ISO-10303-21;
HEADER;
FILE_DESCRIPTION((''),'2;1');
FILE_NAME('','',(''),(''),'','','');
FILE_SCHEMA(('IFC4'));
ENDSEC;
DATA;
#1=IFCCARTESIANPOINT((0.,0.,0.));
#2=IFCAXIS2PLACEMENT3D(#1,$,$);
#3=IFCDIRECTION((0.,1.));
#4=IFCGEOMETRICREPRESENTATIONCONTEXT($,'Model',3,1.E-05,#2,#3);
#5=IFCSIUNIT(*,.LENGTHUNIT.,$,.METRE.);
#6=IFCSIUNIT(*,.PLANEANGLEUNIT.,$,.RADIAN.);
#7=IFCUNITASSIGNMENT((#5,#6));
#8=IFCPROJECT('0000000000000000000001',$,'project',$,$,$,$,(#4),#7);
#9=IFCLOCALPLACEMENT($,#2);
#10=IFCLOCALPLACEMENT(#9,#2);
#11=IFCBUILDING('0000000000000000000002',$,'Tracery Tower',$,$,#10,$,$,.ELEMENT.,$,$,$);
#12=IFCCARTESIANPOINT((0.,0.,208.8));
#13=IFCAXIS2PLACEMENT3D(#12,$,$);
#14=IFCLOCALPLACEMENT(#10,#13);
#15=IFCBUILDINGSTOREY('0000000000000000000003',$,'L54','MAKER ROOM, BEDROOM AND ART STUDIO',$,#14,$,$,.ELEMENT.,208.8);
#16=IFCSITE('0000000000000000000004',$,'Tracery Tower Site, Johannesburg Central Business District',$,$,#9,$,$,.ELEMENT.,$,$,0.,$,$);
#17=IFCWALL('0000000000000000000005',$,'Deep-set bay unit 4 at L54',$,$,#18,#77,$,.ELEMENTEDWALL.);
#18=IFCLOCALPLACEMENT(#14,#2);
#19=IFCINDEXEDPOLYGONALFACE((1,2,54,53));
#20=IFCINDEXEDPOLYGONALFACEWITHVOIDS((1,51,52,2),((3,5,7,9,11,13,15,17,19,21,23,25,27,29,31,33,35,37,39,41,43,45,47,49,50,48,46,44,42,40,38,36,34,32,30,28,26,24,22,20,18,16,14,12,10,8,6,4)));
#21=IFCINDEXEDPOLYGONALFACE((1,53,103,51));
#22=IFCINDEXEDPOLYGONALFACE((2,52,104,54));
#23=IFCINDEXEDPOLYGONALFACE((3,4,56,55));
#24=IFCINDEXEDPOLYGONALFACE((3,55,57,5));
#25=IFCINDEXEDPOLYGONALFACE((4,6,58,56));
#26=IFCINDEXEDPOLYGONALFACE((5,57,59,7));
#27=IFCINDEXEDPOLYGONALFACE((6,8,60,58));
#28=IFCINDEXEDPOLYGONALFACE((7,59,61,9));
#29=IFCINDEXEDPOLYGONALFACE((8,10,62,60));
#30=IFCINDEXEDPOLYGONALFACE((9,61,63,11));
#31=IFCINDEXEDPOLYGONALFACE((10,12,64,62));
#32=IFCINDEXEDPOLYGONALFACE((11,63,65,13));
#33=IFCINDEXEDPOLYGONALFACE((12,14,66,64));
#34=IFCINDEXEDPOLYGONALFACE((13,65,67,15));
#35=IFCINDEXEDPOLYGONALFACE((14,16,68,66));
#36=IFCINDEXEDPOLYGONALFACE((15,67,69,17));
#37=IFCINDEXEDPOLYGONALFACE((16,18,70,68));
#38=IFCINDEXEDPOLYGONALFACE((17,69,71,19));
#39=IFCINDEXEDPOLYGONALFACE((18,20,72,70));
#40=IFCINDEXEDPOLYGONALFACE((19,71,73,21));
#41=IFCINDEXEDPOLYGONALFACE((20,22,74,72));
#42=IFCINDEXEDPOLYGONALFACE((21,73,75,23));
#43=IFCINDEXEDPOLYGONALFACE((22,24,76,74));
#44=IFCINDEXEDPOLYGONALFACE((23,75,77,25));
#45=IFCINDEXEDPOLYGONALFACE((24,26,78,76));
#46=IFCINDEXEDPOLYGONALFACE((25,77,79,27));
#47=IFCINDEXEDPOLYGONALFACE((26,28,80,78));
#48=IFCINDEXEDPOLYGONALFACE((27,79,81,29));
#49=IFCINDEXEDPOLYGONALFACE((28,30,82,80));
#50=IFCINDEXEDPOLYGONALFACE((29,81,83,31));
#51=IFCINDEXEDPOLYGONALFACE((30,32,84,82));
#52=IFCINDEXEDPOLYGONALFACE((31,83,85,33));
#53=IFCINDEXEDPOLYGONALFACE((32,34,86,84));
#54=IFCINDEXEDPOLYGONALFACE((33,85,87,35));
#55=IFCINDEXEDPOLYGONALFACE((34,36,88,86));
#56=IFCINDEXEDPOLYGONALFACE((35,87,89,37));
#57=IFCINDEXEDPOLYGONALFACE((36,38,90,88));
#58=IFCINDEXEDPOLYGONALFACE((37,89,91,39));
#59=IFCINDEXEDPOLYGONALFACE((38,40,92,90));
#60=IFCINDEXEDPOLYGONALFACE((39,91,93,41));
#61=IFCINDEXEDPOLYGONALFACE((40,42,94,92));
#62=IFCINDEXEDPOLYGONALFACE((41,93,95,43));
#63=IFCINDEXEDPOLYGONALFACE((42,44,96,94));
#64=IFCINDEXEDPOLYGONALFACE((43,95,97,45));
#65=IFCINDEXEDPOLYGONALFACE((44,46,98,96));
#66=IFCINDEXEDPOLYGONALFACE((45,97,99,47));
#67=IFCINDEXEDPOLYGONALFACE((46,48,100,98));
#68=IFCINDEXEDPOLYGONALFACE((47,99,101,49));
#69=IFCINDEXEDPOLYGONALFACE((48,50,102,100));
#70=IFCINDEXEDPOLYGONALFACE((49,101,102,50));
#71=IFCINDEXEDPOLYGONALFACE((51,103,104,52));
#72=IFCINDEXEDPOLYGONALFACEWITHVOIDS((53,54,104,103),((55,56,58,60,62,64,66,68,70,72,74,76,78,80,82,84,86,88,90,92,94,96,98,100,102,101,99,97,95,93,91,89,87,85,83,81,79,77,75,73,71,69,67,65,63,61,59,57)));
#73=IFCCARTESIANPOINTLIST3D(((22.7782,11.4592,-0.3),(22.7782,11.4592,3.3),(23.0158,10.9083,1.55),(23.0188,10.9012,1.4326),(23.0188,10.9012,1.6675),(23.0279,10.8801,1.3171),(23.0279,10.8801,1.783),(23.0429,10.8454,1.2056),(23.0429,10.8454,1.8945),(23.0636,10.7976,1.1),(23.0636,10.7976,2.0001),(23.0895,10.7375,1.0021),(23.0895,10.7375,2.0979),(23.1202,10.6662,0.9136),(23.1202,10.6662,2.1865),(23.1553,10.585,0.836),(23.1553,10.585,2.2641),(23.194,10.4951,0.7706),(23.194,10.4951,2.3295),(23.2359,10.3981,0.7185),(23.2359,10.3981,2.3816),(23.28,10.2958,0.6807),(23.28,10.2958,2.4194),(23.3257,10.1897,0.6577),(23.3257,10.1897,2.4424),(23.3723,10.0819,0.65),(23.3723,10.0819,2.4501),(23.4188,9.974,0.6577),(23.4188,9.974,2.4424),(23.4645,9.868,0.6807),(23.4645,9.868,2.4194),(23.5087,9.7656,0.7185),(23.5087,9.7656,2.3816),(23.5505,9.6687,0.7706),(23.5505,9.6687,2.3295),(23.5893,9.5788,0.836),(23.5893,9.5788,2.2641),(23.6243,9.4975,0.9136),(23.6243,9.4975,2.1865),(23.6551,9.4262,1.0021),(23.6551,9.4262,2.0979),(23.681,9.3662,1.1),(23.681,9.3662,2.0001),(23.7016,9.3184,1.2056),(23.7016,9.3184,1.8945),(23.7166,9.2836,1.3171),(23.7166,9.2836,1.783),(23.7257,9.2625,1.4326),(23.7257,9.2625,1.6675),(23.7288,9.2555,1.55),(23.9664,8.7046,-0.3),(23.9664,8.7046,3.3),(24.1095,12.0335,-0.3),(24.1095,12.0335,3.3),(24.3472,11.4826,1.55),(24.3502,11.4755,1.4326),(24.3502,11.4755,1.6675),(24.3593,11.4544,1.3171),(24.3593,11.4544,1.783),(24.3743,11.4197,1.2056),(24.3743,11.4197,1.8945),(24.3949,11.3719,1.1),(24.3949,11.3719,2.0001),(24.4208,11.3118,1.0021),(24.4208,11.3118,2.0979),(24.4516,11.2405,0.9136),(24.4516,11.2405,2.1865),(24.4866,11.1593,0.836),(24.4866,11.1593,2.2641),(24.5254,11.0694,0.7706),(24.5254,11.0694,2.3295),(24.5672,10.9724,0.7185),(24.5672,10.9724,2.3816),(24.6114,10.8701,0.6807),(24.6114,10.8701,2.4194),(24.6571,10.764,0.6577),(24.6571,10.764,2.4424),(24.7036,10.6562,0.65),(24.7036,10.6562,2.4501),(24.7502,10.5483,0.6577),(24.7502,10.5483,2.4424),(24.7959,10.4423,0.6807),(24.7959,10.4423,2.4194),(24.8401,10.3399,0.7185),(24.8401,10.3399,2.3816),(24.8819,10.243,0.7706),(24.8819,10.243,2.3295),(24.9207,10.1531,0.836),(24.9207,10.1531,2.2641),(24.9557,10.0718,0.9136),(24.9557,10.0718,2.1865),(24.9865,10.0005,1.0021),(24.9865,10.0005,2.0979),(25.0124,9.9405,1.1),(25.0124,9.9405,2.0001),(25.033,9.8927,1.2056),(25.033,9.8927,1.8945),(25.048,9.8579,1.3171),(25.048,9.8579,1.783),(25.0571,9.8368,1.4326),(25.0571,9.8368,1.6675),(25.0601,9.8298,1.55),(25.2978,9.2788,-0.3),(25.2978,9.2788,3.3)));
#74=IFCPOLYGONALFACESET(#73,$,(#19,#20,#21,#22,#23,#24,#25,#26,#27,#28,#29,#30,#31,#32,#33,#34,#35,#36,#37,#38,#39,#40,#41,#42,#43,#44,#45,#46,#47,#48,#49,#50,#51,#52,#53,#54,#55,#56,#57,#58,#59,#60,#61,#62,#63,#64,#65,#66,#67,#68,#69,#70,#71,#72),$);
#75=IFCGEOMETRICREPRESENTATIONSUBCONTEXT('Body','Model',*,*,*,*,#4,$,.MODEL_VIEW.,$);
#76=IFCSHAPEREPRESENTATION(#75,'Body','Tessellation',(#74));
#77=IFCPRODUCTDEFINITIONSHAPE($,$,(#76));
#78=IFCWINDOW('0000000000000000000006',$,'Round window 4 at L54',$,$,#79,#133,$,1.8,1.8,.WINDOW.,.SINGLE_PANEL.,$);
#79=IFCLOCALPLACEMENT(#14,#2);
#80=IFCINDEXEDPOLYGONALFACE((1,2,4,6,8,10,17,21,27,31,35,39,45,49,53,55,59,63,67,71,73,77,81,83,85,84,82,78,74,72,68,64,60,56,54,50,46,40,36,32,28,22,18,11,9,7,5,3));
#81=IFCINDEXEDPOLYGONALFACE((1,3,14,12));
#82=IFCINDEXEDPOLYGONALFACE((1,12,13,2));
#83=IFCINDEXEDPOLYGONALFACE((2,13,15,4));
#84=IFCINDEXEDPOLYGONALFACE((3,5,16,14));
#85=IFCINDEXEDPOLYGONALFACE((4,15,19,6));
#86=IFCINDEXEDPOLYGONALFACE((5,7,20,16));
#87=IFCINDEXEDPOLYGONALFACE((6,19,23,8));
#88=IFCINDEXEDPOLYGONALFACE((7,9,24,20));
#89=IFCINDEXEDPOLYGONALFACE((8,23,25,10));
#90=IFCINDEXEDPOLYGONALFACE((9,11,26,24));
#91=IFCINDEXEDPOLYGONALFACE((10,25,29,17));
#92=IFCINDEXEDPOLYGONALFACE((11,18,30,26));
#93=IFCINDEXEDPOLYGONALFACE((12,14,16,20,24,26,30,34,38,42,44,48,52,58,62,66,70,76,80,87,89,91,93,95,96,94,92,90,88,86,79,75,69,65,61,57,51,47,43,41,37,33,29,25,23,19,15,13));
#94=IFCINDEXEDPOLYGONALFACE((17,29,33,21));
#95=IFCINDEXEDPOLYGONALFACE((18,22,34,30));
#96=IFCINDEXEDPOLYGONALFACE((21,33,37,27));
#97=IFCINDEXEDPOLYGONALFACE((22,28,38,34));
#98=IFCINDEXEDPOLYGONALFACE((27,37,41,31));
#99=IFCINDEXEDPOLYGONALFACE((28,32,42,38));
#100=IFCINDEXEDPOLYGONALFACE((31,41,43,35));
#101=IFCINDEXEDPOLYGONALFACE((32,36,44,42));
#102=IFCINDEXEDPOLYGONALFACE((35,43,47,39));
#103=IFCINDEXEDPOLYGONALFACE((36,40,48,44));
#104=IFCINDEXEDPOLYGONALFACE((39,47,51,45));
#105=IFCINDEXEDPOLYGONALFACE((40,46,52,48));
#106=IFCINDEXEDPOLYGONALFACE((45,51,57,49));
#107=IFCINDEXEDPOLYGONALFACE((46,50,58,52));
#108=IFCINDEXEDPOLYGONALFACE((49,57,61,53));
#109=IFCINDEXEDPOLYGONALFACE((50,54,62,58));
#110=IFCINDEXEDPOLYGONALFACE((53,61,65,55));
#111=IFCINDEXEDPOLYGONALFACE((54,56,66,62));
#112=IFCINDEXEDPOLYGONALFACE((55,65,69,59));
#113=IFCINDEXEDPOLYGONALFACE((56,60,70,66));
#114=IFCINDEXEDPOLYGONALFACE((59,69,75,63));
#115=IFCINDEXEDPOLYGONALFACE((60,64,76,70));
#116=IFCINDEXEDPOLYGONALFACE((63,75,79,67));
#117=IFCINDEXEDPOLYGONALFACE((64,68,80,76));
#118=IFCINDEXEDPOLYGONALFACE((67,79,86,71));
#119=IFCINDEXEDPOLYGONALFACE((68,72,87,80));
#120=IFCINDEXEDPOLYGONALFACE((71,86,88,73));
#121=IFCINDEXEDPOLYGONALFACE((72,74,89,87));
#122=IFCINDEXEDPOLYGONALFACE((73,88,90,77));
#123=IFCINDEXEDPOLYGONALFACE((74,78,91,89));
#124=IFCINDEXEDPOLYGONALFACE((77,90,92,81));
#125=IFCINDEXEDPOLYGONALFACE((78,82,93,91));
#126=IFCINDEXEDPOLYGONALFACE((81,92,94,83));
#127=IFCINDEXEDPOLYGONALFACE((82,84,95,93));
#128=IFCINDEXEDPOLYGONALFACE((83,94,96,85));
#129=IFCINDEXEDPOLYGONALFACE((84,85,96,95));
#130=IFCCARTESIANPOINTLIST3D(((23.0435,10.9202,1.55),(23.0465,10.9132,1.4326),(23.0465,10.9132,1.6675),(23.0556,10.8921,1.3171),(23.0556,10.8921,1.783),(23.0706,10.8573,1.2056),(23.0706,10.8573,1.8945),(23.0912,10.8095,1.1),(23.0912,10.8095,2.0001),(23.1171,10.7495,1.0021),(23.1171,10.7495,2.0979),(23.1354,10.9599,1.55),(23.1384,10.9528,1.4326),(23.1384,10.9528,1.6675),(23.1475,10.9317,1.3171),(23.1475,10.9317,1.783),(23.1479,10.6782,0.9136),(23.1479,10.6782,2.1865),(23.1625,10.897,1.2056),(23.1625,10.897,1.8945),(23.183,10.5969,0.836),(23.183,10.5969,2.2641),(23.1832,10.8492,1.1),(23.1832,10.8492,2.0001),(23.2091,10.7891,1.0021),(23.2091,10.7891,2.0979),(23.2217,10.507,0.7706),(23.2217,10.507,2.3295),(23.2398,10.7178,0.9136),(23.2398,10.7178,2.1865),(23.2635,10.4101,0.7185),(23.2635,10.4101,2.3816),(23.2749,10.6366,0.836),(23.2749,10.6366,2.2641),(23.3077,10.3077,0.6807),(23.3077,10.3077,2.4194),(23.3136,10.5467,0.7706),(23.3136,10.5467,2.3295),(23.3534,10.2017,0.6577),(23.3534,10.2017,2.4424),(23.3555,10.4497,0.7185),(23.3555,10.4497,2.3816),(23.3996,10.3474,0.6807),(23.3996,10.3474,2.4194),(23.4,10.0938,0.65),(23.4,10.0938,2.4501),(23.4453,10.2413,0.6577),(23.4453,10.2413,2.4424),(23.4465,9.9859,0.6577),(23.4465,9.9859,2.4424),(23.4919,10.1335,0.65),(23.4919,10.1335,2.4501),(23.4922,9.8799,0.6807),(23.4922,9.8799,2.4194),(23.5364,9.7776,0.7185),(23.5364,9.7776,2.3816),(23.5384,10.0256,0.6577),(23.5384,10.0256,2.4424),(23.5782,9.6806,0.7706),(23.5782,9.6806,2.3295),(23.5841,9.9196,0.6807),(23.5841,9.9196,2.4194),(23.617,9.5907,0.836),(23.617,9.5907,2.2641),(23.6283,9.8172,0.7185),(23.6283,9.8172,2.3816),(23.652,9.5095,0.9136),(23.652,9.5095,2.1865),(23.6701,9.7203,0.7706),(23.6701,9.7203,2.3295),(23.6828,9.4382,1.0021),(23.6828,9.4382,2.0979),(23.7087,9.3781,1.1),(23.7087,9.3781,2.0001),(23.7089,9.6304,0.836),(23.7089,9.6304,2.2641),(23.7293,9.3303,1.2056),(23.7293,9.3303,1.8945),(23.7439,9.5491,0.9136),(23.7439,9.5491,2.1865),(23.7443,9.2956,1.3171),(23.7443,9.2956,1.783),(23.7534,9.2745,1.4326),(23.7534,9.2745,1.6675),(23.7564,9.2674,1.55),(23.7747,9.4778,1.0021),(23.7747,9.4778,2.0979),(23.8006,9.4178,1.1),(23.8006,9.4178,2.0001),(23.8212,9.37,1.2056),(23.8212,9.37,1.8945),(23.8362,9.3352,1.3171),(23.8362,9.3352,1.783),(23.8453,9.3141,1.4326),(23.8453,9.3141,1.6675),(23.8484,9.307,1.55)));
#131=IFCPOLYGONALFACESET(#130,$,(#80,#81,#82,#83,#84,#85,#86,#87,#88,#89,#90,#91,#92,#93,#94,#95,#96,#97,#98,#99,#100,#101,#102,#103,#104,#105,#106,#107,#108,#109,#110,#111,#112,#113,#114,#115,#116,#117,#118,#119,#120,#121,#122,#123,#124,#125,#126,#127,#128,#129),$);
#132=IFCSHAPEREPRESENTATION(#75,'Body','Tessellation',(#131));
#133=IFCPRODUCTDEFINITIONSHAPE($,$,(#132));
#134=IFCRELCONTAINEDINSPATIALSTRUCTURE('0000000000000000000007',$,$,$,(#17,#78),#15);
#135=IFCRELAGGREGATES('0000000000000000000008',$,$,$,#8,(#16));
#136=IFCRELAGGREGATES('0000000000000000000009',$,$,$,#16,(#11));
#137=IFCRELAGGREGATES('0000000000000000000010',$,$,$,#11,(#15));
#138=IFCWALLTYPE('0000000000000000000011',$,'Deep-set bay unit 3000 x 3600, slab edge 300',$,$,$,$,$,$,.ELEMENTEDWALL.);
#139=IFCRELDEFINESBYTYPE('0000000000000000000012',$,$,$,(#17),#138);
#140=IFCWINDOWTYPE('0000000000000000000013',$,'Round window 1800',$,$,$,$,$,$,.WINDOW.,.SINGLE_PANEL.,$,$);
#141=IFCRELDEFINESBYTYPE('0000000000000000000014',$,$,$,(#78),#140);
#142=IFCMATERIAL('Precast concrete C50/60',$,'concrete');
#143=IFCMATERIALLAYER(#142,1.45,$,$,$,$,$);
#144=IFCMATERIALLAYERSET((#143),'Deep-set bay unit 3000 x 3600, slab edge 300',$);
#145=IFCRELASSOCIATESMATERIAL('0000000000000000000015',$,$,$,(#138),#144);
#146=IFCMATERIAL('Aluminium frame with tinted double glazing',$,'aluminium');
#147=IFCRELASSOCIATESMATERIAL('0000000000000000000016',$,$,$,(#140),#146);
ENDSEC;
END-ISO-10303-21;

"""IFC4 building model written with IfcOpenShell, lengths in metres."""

from ifc_helpers import new_model, si_unit, direction, frame, frame_2d, origin, origin_2d, place, context, subcontext, project, spatial, rectangle, circle, extrude, material, layer, layer_set, type_object, element, fill, save


model = new_model("IFC4")

# Units and contexts
model_context = context("Model", 3, precision=1e-05, world=origin(), true_north=direction((0.0, 1.0)))
body_context = subcontext(model_context, "Body", "Model", "MODEL_VIEW")
ifc_project = project(units=[si_unit("LENGTHUNIT", "METRE"), si_unit("PLANEANGLEUNIT", "RADIAN")], contexts=[model_context])

# Site, building, storey
site_placement = place(None, origin())
site = spatial("IfcSite", under=ifc_project, at=site_placement, Name="Tracery Tower Site, Johannesburg Central Business District", CompositionType="ELEMENT", RefElevation=0.0)
building_placement = place(site_placement, origin())
building = spatial("IfcBuilding", under=site, at=building_placement, Name="Tracery Tower", CompositionType="ELEMENT")
storey_placement = place(building_placement, frame((0.0, 0.0, 208.8)))
storey = spatial("IfcBuildingStorey", under=building, at=storey_placement, Name="L54", Description="MAKER ROOM, BEDROOM AND ART STUDIO", CompositionType="ELEMENT", Elevation=208.8)

# Wall, opening, window
ifc_material_1 = material(Name="Precast concrete C50/60", Category="concrete")
ifc_layer_1 = layer(ifc_material_1, 1.45)
ifc_layer_set_1 = layer_set([ifc_layer_1], Name="Deep-set bay unit 3000 x 3600, slab edge 300")
wall_type_1 = type_object("IfcWallType", Name="Deep-set bay unit 3000 x 3600, slab edge 300", PredefinedType="ELEMENTEDWALL", material=ifc_layer_set_1)
ifc_material_2 = material(Name="Aluminium frame with tinted double glazing", Category="aluminium")
window_type = type_object("IfcWindowType", Name="Round window 1800", PartitioningType="SINGLE_PANEL", PredefinedType="WINDOW", material=ifc_material_2)
wall_1_placement = place(storey_placement, frame((24.6321, 8.9917, -0.3), z_axis=(0.0, 0.0, 1.0), x_axis=(-0.396079, 0.918216, 0.0)))
wall_1 = element("IfcWall", 1, at=wall_1_placement, inside=storey, type_object=wall_type_1, Name="Deep-set bay unit 4 at L54", PredefinedType="ELEMENTEDWALL", context=body_context, shape_type="SweptSolid", body=[
    extrude(rectangle(XDim=3.0, YDim=1.45, at=frame_2d((1.5, 0.0))), origin(), (0.0, 0.0, 1.0), 3.6001),
])
opening_1_placement = place(wall_1_placement, frame((1.5, 0.0, 1.8501)))
opening_1 = element("IfcOpeningElement", 2, at=opening_1_placement, cuts=wall_1, PredefinedType="OPENING", context=body_context, shape_type="SweptSolid", body=[
    extrude(circle(Radius=0.9, at=origin_2d()), frame((0.0, 0.7349, 0.0), z_axis=(0.0, -1.0, 0.0), x_axis=(1.0, 0.0, 0.0)), (0.0, 0.0, 1.0), 1.47),
])
window_1_placement = place(opening_1_placement, origin())
window_1 = element("IfcWindow", 3, at=window_1_placement, inside=storey, type_object=window_type, Name="Round window 4 at L54", OverallHeight=1.8, OverallWidth=1.8, PartitioningType="SINGLE_PANEL", PredefinedType="WINDOW", context=body_context, shape_type="SweptSolid", body=[
    extrude(circle(Radius=0.9, at=origin_2d()), frame((0.0, 0.6948, 0.0), z_axis=(0.0, -1.0, 0.0), x_axis=(1.0, 0.0, 0.0)), (0.0, 0.0, 1.0), 0.1001),
])
fill(opening_1, window_1)

save(model, "model.ifc")
